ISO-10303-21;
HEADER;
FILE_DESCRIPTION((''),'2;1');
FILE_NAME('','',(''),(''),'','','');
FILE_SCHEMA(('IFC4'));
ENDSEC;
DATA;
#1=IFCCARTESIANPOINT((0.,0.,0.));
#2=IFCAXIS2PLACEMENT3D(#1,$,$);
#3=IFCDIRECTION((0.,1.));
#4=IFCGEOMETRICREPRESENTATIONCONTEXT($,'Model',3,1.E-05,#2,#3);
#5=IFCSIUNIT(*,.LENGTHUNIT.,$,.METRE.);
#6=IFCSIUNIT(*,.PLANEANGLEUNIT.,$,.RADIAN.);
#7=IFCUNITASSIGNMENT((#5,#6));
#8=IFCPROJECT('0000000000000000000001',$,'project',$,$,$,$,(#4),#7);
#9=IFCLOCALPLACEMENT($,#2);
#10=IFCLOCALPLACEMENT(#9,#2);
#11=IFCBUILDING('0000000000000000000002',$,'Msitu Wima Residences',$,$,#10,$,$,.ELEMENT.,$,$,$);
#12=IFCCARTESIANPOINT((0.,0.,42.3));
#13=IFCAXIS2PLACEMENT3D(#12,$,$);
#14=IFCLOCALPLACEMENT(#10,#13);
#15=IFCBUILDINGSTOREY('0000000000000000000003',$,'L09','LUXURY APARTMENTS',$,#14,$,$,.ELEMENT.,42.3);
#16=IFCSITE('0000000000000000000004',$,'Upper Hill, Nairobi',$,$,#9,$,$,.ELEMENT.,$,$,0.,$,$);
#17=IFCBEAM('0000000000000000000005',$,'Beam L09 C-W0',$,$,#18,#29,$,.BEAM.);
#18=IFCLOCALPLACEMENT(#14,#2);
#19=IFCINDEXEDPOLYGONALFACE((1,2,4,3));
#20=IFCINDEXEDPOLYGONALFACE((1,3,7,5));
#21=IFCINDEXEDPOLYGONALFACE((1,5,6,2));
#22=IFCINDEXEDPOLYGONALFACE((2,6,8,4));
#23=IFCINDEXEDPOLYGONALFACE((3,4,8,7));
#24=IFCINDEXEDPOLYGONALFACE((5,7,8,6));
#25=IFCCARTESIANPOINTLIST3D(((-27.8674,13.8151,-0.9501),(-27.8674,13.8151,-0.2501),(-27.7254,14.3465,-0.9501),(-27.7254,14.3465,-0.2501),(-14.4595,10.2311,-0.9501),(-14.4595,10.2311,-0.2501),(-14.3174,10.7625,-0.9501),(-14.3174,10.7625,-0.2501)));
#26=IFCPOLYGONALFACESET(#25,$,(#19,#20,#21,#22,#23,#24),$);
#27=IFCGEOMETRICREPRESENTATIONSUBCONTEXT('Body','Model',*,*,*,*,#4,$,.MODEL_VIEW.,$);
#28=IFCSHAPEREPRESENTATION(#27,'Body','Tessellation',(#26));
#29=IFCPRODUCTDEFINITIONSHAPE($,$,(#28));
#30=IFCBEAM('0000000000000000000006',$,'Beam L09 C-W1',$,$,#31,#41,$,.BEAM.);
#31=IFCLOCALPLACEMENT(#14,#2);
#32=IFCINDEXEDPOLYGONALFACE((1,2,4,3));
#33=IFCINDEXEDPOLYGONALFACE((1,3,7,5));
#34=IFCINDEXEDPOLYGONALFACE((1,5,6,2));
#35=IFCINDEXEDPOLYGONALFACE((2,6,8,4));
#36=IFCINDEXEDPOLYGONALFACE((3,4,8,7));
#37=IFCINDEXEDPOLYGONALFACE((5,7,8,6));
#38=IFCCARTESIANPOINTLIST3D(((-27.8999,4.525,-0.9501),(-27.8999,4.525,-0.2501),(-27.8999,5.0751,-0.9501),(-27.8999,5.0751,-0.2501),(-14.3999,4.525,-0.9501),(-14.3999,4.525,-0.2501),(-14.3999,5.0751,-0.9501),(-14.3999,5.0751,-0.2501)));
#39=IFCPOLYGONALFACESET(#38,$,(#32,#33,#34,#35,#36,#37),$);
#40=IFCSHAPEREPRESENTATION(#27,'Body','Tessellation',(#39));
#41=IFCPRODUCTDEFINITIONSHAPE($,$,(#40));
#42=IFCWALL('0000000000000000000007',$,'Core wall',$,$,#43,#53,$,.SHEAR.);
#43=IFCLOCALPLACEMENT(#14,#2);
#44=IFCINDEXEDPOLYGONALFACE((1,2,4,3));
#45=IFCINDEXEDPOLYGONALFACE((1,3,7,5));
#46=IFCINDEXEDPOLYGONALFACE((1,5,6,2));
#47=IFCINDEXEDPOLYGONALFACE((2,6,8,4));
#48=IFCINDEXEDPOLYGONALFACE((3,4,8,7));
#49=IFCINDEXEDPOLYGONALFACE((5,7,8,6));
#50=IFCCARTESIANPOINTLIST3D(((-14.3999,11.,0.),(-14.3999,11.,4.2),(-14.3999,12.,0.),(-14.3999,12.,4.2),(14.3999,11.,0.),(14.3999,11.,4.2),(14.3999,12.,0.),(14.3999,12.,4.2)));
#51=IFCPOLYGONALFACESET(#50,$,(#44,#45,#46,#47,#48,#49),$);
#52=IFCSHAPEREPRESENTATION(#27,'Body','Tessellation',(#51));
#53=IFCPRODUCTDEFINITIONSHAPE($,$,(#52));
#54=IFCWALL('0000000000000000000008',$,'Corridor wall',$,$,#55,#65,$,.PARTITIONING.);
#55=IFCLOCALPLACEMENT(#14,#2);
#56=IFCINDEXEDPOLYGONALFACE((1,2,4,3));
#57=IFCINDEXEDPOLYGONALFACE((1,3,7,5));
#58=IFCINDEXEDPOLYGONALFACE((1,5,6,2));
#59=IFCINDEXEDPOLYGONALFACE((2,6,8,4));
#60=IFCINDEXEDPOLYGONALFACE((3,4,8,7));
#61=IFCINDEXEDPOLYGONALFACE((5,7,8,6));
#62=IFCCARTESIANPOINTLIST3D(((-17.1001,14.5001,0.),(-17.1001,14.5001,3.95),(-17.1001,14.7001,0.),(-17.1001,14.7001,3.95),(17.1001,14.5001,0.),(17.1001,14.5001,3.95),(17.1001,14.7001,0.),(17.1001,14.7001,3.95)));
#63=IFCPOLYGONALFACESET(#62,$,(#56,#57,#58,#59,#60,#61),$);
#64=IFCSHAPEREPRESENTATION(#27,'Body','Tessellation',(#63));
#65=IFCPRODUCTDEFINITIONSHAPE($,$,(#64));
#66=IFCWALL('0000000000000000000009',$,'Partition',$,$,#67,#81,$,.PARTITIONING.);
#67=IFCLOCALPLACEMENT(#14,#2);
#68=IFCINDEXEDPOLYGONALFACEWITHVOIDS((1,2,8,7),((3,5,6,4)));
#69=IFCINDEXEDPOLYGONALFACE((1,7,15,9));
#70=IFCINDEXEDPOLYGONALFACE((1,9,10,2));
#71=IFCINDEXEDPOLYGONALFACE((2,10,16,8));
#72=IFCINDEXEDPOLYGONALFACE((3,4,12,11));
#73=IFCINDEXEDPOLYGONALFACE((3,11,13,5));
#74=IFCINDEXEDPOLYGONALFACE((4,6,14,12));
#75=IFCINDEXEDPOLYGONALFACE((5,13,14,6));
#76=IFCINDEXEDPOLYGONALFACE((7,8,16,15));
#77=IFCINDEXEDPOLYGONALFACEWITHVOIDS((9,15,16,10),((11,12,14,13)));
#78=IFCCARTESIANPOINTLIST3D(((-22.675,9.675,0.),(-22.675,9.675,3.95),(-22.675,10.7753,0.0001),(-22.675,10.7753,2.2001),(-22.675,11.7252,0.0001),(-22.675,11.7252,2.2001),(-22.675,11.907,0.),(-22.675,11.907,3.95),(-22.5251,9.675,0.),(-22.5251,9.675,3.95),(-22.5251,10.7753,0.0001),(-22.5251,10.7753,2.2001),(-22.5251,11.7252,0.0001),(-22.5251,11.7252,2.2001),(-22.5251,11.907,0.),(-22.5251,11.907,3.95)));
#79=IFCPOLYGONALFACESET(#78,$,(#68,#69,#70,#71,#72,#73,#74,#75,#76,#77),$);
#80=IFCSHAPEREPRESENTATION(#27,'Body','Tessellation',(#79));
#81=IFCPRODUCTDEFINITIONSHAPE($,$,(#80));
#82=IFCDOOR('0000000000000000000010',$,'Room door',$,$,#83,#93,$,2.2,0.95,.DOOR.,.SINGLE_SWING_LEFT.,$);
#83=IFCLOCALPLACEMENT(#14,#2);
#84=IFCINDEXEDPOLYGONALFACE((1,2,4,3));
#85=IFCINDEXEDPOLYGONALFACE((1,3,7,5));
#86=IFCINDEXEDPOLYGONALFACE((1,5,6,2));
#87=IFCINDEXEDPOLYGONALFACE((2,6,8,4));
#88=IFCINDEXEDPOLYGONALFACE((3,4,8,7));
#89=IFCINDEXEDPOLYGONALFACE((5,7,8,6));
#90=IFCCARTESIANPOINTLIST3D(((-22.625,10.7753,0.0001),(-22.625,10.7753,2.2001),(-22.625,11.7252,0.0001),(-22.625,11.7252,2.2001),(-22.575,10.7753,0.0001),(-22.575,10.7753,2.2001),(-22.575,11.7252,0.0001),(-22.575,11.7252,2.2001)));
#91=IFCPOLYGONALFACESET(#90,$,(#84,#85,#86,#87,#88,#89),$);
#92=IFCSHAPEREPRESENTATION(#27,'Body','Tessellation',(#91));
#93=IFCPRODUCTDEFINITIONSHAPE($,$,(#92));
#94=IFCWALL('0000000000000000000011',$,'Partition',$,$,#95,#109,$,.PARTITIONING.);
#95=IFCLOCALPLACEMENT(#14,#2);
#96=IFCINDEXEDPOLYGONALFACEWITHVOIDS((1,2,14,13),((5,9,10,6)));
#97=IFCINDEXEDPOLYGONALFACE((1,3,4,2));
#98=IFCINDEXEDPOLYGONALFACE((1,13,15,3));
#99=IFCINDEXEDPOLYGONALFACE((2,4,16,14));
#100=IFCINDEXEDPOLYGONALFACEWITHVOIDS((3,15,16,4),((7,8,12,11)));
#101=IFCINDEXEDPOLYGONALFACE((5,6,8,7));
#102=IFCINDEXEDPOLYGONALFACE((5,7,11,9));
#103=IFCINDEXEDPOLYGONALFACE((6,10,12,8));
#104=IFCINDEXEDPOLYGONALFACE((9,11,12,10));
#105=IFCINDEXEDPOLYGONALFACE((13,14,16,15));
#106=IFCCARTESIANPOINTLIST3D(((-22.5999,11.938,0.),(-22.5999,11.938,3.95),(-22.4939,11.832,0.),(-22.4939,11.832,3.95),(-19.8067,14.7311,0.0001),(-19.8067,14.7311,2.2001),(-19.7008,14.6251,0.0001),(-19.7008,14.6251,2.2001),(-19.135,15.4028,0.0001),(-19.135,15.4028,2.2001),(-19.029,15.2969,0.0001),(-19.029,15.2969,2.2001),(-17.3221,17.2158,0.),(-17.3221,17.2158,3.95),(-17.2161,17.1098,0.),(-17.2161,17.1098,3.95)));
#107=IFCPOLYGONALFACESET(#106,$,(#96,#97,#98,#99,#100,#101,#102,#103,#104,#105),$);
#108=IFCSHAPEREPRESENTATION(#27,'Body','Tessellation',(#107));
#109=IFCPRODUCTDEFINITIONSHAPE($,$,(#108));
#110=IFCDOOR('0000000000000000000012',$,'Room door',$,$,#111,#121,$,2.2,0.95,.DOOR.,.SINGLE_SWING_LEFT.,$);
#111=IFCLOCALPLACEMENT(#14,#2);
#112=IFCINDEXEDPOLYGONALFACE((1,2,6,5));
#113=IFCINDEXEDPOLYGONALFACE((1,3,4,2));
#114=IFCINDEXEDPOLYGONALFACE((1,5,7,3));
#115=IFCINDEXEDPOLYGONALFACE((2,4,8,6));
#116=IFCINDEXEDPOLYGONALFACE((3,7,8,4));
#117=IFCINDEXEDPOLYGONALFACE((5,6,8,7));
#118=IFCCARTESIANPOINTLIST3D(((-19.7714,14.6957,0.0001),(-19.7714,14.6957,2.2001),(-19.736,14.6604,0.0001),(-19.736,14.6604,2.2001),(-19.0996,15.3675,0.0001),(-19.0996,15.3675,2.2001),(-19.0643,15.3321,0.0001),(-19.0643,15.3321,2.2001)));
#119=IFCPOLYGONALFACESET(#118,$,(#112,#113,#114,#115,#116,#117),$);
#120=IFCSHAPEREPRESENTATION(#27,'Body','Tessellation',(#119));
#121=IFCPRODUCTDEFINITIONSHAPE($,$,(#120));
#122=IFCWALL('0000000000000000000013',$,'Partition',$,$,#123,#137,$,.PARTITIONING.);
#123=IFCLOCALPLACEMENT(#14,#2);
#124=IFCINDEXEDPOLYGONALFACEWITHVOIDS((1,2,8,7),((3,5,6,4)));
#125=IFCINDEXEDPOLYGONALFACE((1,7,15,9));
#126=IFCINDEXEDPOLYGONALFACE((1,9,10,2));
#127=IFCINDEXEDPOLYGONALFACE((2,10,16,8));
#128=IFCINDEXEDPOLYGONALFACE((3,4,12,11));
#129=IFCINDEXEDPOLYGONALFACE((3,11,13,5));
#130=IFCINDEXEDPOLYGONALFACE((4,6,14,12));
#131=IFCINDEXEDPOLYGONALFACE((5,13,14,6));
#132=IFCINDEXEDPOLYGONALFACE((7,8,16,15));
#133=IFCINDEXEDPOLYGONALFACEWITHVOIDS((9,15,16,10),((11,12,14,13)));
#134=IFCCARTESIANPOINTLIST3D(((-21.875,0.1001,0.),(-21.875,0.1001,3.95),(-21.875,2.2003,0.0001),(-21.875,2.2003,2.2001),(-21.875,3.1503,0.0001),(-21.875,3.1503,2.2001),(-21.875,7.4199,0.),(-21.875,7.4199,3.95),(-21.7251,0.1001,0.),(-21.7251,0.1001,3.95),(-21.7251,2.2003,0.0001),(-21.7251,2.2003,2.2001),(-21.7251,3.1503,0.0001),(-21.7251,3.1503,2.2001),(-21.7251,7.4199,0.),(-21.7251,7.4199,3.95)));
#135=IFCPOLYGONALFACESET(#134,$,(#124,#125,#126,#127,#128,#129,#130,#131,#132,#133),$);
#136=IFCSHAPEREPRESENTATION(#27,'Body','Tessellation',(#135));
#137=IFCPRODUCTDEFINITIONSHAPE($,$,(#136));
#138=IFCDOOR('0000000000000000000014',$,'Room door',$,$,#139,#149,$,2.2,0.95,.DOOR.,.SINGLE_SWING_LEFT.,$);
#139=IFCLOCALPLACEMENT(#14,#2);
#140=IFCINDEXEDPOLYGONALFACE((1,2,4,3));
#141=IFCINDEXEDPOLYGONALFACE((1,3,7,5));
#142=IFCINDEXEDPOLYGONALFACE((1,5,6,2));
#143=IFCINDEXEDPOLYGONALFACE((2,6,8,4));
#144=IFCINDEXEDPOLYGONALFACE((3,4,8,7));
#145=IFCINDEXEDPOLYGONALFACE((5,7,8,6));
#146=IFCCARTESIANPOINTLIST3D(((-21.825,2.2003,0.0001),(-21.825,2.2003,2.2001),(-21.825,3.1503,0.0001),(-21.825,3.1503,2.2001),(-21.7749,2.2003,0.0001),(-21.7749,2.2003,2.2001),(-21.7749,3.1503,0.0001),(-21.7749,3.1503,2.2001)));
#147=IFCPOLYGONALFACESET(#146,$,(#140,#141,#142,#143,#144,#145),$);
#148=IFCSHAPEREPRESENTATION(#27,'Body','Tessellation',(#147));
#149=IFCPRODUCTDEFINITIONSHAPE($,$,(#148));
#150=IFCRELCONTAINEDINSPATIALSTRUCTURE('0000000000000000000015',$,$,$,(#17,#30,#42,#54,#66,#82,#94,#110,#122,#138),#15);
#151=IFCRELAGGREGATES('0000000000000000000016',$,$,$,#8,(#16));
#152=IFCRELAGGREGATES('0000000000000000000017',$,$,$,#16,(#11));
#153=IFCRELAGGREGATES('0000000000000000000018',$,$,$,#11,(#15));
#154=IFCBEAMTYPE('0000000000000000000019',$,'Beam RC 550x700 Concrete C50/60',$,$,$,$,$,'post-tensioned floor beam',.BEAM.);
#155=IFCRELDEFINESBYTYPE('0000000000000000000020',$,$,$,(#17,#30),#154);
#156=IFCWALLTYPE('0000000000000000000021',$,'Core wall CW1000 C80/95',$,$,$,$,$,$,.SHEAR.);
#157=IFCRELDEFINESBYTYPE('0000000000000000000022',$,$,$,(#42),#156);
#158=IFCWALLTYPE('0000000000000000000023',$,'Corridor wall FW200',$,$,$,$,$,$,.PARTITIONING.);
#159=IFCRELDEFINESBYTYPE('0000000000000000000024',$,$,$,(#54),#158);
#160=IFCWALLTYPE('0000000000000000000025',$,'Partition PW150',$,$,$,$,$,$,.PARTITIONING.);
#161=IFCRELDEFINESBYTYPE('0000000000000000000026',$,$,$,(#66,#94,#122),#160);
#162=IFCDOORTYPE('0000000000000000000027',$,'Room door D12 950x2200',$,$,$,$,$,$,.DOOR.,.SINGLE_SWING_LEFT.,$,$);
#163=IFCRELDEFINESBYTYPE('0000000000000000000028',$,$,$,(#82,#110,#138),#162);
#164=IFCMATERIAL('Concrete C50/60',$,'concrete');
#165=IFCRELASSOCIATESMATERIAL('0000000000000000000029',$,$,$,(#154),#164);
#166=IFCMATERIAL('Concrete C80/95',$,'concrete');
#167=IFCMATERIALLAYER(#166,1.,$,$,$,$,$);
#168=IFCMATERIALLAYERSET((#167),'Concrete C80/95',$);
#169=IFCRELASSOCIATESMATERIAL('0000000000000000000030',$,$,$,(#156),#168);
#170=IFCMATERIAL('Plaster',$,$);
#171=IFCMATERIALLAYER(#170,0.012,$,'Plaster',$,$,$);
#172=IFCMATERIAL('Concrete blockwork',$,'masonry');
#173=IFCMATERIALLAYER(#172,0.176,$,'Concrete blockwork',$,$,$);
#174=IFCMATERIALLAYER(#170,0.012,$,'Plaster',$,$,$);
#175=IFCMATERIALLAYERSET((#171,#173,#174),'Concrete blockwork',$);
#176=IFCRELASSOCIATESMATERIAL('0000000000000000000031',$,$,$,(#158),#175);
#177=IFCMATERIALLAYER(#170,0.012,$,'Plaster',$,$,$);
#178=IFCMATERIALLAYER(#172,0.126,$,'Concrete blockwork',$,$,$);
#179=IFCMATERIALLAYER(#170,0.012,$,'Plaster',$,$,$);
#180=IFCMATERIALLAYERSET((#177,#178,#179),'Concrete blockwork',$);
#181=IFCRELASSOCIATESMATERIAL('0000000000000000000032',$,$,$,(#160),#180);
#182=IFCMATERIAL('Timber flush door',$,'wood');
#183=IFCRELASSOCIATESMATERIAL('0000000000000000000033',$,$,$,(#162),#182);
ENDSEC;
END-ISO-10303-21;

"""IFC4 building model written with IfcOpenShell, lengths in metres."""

from ifc_helpers import new_model, si_unit, direction, frame, frame_2d, origin, origin_2d, place, context, subcontext, project, spatial, rectangle, extrude, material, layer, layer_set, material_profile, profile_set, type_object, element, fill, save


model = new_model("IFC4")

# Units and contexts
model_context = context("Model", 3, precision=1e-05, world=origin(), true_north=direction((0.0, 1.0)))
body_context = subcontext(model_context, "Body", "Model", "MODEL_VIEW")
ifc_project = project(units=[si_unit("LENGTHUNIT", "METRE"), si_unit("PLANEANGLEUNIT", "RADIAN")], contexts=[model_context])

# Site, building, storey
site_placement = place(None, origin())
site = spatial("IfcSite", under=ifc_project, at=site_placement, Name="Upper Hill, Nairobi", CompositionType="ELEMENT", RefElevation=0.0)
building_placement = place(site_placement, origin())
building = spatial("IfcBuilding", under=site, at=building_placement, Name="Msitu Wima Residences", CompositionType="ELEMENT")
storey_placement = place(building_placement, frame((0.0, 0.0, 42.3)))
storey = spatial("IfcBuildingStorey", under=building, at=storey_placement, Name="L09", Description="LUXURY APARTMENTS", CompositionType="ELEMENT", Elevation=42.3)

# Beams
ifc_material_1 = material(Name="Concrete C50/60", Category="concrete")
ifc_material_profile = material_profile(ifc_material_1, rectangle(XDim=0.55, YDim=0.7, at=origin_2d()), Name="RC 550x700")
ifc_profile_set = profile_set([ifc_material_profile], Name="Concrete C50/60")
beam_type = type_object("IfcBeamType", Name="Beam RC 550x700 Concrete C50/60", ElementType="post-tensioned floor beam", PredefinedType="BEAM", material=ifc_profile_set)
beam_1_placement = place(storey_placement, frame((-27.7964, 14.0808, -0.6001), z_axis=(0.966082, -0.258236, 0.0), x_axis=(0.258236, 0.966082, 0.0)))
element("IfcBeam", 1, at=beam_1_placement, inside=storey, type_object=beam_type, Name="Beam L09 C-W0", PredefinedType="BEAM", context=body_context, shape_type="SweptSolid", body=[
    extrude(rectangle(XDim=0.55, YDim=0.7, at=origin_2d()), origin(), (0.0, 0.0, 1.0), 13.8787),
])
beam_2_placement = place(storey_placement, frame((-27.8999, 4.8, -0.6001), z_axis=(1.0, 0.0, 0.0), x_axis=(0.0, 1.0, 0.0)))
element("IfcBeam", 2, at=beam_2_placement, inside=storey, type_object=beam_type, Name="Beam L09 C-W1", PredefinedType="BEAM", context=body_context, shape_type="SweptSolid", body=[
    extrude(rectangle(XDim=0.55, YDim=0.7, at=origin_2d()), origin(), (0.0, 0.0, 1.0), 13.5),
])

# Walls
ifc_material_2 = material(Name="Concrete C80/95", Category="concrete")
ifc_layer_1 = layer(ifc_material_2, 1.0)
ifc_layer_set_1 = layer_set([ifc_layer_1], Name="Concrete C80/95")
wall_type_1 = type_object("IfcWallType", Name="Core wall CW1000 C80/95", PredefinedType="SHEAR", material=ifc_layer_set_1)
wall_1_placement = place(storey_placement, frame((-14.3999, 11.5, 0.0), z_axis=(0.0, 0.0, 1.0), x_axis=(1.0, 0.0, 0.0)))
element("IfcWall", 3, at=wall_1_placement, inside=storey, type_object=wall_type_1, Name="Core wall", PredefinedType="SHEAR", context=body_context, shape_type="SweptSolid", body=[
    extrude(rectangle(XDim=28.7998, YDim=1.0, at=frame_2d((14.3999, 0.0))), origin(), (0.0, 0.0, 1.0), 4.2),
])
ifc_material_3 = material(Name="Plaster")
ifc_layer_2 = layer(ifc_material_3, 0.012, Name="Plaster")
ifc_material_4 = material(Name="Concrete blockwork", Category="masonry")
ifc_layer_3 = layer(ifc_material_4, 0.176, Name="Concrete blockwork")
ifc_layer_4 = layer(ifc_material_3, 0.012, Name="Plaster")
ifc_layer_set_2 = layer_set([ifc_layer_2, ifc_layer_3, ifc_layer_4], Name="Concrete blockwork")
wall_type_2 = type_object("IfcWallType", Name="Corridor wall FW200", PredefinedType="PARTITIONING", material=ifc_layer_set_2)
wall_2_placement = place(storey_placement, frame((-17.1001, 14.6001, 0.0), z_axis=(0.0, 0.0, 1.0), x_axis=(1.0, 0.0, 0.0)))
element("IfcWall", 4, at=wall_2_placement, inside=storey, type_object=wall_type_2, Name="Corridor wall", PredefinedType="PARTITIONING", context=body_context, shape_type="SweptSolid", body=[
    extrude(rectangle(XDim=34.2002, YDim=0.2, at=frame_2d((17.1001, 0.0))), origin(), (0.0, 0.0, 1.0), 3.95),
])

# Walls, openings, doors
ifc_layer_5 = layer(ifc_material_3, 0.012, Name="Plaster")
ifc_layer_6 = layer(ifc_material_4, 0.126, Name="Concrete blockwork")
ifc_layer_7 = layer(ifc_material_3, 0.012, Name="Plaster")
ifc_layer_set_3 = layer_set([ifc_layer_5, ifc_layer_6, ifc_layer_7], Name="Concrete blockwork")
wall_type_3 = type_object("IfcWallType", Name="Partition PW150", PredefinedType="PARTITIONING", material=ifc_layer_set_3)
wall_3_placement = place(storey_placement, frame((-22.6001, 9.675, 0.0), z_axis=(0.0, 0.0, 1.0), x_axis=(0.0, 1.0, 0.0)))
wall_3 = element("IfcWall", 5, at=wall_3_placement, inside=storey, type_object=wall_type_3, Name="Partition", PredefinedType="PARTITIONING", context=body_context, shape_type="SweptSolid", body=[
    extrude(rectangle(XDim=2.2319, YDim=0.1499, at=frame_2d((1.116, 0.0))), origin(), (0.0, 0.0, 1.0), 3.95),
])
opening_1_placement = place(wall_3_placement, frame((1.1001, 0.0, 0.0)))
opening_1 = element("IfcOpeningElement", 6, at=opening_1_placement, cuts=wall_3, PredefinedType="OPENING", context=body_context, shape_type="SweptSolid", body=[
    extrude(rectangle(XDim=0.95, YDim=2.2, at=frame_2d((0.4751, 1.1001))), frame((0.0, 0.085, 0.0), z_axis=(0.0, -1.0, 0.0), x_axis=(1.0, 0.0, 0.0)), (0.0, 0.0, 1.0), 0.1699),
])
ifc_material_5 = material(Name="Timber flush door", Category="wood")
door_type_1 = type_object("IfcDoorType", Name="Room door D12 950x2200", OperationType="SINGLE_SWING_LEFT", PredefinedType="DOOR", material=ifc_material_5)
door_1_placement = place(opening_1_placement, origin())
door_1 = element("IfcDoor", 7, at=door_1_placement, inside=storey, type_object=door_type_1, Name="Room door", OperationType="SINGLE_SWING_LEFT", OverallHeight=2.2, OverallWidth=0.95, PredefinedType="DOOR", context=body_context, shape_type="SweptSolid", body=[
    extrude(rectangle(XDim=0.95, YDim=2.2, at=frame_2d((0.4751, 1.1001))), frame((0.0, 0.0249, 0.0), z_axis=(0.0, -1.0, 0.0), x_axis=(1.0, 0.0, 0.0)), (0.0, 0.0, 1.0), 0.05),
])
fill(opening_1, door_1)
wall_4_placement = place(storey_placement, frame((-22.5469, 11.885, 0.0), z_axis=(0.0, 0.0, 1.0), x_axis=(0.707107, 0.707107, 0.0)))
wall_4 = element("IfcWall", 8, at=wall_4_placement, inside=storey, type_object=wall_type_3, Name="Partition", PredefinedType="PARTITIONING", context=body_context, shape_type="SweptSolid", body=[
    extrude(rectangle(XDim=7.4639, YDim=0.1499, at=frame_2d((3.7319, 0.0))), origin(), (0.0, 0.0, 1.0), 3.95),
])
opening_2_placement = place(wall_4_placement, frame((3.95, 0.0, 0.0)))
opening_2 = element("IfcOpeningElement", 9, at=opening_2_placement, cuts=wall_4, PredefinedType="OPENING", context=body_context, shape_type="SweptSolid", body=[
    extrude(rectangle(XDim=0.95, YDim=2.2, at=frame_2d((0.4751, 1.1001))), frame((0.0, 0.085, 0.0), z_axis=(0.0, -1.0, 0.0), x_axis=(1.0, 0.0, 0.0)), (0.0, 0.0, 1.0), 0.1699),
])
door_2_placement = place(opening_2_placement, origin())
door_2 = element("IfcDoor", 10, at=door_2_placement, inside=storey, type_object=door_type_1, Name="Room door", OperationType="SINGLE_SWING_LEFT", OverallHeight=2.2, OverallWidth=0.95, PredefinedType="DOOR", context=body_context, shape_type="SweptSolid", body=[
    extrude(rectangle(XDim=0.95, YDim=2.2, at=frame_2d((0.4751, 1.1001))), frame((0.0, 0.0249, 0.0), z_axis=(0.0, -1.0, 0.0), x_axis=(1.0, 0.0, 0.0)), (0.0, 0.0, 1.0), 0.05),
])
fill(opening_2, door_2)
wall_5_placement = place(storey_placement, frame((-21.8, 0.1001, 0.0), z_axis=(0.0, 0.0, 1.0), x_axis=(0.0, 1.0, 0.0)))
wall_5 = element("IfcWall", 11, at=wall_5_placement, inside=storey, type_object=wall_type_3, Name="Partition", PredefinedType="PARTITIONING", context=body_context, shape_type="SweptSolid", body=[
    extrude(rectangle(XDim=7.3198, YDim=0.1499, at=frame_2d((3.6599, 0.0))), origin(), (0.0, 0.0, 1.0), 3.95),
])
opening_3_placement = place(wall_5_placement, frame((2.1001, 0.0, 0.0)))
opening_3 = element("IfcOpeningElement", 12, at=opening_3_placement, cuts=wall_5, PredefinedType="OPENING", context=body_context, shape_type="SweptSolid", body=[
    extrude(rectangle(XDim=0.95, YDim=2.2, at=frame_2d((0.4751, 1.1001))), frame((0.0, 0.085, 0.0), z_axis=(0.0, -1.0, 0.0), x_axis=(1.0, 0.0, 0.0)), (0.0, 0.0, 1.0), 0.1699),
])
door_3_placement = place(opening_3_placement, origin())
door_3 = element("IfcDoor", 13, at=door_3_placement, inside=storey, type_object=door_type_1, Name="Room door", OperationType="SINGLE_SWING_LEFT", OverallHeight=2.2, OverallWidth=0.95, PredefinedType="DOOR", context=body_context, shape_type="SweptSolid", body=[
    extrude(rectangle(XDim=0.95, YDim=2.2, at=frame_2d((0.4751, 1.1001))), frame((0.0, 0.0249, 0.0), z_axis=(0.0, -1.0, 0.0), x_axis=(1.0, 0.0, 0.0)), (0.0, 0.0, 1.0), 0.05),
])
fill(opening_3, door_3)

save(model, "model.ifc")
